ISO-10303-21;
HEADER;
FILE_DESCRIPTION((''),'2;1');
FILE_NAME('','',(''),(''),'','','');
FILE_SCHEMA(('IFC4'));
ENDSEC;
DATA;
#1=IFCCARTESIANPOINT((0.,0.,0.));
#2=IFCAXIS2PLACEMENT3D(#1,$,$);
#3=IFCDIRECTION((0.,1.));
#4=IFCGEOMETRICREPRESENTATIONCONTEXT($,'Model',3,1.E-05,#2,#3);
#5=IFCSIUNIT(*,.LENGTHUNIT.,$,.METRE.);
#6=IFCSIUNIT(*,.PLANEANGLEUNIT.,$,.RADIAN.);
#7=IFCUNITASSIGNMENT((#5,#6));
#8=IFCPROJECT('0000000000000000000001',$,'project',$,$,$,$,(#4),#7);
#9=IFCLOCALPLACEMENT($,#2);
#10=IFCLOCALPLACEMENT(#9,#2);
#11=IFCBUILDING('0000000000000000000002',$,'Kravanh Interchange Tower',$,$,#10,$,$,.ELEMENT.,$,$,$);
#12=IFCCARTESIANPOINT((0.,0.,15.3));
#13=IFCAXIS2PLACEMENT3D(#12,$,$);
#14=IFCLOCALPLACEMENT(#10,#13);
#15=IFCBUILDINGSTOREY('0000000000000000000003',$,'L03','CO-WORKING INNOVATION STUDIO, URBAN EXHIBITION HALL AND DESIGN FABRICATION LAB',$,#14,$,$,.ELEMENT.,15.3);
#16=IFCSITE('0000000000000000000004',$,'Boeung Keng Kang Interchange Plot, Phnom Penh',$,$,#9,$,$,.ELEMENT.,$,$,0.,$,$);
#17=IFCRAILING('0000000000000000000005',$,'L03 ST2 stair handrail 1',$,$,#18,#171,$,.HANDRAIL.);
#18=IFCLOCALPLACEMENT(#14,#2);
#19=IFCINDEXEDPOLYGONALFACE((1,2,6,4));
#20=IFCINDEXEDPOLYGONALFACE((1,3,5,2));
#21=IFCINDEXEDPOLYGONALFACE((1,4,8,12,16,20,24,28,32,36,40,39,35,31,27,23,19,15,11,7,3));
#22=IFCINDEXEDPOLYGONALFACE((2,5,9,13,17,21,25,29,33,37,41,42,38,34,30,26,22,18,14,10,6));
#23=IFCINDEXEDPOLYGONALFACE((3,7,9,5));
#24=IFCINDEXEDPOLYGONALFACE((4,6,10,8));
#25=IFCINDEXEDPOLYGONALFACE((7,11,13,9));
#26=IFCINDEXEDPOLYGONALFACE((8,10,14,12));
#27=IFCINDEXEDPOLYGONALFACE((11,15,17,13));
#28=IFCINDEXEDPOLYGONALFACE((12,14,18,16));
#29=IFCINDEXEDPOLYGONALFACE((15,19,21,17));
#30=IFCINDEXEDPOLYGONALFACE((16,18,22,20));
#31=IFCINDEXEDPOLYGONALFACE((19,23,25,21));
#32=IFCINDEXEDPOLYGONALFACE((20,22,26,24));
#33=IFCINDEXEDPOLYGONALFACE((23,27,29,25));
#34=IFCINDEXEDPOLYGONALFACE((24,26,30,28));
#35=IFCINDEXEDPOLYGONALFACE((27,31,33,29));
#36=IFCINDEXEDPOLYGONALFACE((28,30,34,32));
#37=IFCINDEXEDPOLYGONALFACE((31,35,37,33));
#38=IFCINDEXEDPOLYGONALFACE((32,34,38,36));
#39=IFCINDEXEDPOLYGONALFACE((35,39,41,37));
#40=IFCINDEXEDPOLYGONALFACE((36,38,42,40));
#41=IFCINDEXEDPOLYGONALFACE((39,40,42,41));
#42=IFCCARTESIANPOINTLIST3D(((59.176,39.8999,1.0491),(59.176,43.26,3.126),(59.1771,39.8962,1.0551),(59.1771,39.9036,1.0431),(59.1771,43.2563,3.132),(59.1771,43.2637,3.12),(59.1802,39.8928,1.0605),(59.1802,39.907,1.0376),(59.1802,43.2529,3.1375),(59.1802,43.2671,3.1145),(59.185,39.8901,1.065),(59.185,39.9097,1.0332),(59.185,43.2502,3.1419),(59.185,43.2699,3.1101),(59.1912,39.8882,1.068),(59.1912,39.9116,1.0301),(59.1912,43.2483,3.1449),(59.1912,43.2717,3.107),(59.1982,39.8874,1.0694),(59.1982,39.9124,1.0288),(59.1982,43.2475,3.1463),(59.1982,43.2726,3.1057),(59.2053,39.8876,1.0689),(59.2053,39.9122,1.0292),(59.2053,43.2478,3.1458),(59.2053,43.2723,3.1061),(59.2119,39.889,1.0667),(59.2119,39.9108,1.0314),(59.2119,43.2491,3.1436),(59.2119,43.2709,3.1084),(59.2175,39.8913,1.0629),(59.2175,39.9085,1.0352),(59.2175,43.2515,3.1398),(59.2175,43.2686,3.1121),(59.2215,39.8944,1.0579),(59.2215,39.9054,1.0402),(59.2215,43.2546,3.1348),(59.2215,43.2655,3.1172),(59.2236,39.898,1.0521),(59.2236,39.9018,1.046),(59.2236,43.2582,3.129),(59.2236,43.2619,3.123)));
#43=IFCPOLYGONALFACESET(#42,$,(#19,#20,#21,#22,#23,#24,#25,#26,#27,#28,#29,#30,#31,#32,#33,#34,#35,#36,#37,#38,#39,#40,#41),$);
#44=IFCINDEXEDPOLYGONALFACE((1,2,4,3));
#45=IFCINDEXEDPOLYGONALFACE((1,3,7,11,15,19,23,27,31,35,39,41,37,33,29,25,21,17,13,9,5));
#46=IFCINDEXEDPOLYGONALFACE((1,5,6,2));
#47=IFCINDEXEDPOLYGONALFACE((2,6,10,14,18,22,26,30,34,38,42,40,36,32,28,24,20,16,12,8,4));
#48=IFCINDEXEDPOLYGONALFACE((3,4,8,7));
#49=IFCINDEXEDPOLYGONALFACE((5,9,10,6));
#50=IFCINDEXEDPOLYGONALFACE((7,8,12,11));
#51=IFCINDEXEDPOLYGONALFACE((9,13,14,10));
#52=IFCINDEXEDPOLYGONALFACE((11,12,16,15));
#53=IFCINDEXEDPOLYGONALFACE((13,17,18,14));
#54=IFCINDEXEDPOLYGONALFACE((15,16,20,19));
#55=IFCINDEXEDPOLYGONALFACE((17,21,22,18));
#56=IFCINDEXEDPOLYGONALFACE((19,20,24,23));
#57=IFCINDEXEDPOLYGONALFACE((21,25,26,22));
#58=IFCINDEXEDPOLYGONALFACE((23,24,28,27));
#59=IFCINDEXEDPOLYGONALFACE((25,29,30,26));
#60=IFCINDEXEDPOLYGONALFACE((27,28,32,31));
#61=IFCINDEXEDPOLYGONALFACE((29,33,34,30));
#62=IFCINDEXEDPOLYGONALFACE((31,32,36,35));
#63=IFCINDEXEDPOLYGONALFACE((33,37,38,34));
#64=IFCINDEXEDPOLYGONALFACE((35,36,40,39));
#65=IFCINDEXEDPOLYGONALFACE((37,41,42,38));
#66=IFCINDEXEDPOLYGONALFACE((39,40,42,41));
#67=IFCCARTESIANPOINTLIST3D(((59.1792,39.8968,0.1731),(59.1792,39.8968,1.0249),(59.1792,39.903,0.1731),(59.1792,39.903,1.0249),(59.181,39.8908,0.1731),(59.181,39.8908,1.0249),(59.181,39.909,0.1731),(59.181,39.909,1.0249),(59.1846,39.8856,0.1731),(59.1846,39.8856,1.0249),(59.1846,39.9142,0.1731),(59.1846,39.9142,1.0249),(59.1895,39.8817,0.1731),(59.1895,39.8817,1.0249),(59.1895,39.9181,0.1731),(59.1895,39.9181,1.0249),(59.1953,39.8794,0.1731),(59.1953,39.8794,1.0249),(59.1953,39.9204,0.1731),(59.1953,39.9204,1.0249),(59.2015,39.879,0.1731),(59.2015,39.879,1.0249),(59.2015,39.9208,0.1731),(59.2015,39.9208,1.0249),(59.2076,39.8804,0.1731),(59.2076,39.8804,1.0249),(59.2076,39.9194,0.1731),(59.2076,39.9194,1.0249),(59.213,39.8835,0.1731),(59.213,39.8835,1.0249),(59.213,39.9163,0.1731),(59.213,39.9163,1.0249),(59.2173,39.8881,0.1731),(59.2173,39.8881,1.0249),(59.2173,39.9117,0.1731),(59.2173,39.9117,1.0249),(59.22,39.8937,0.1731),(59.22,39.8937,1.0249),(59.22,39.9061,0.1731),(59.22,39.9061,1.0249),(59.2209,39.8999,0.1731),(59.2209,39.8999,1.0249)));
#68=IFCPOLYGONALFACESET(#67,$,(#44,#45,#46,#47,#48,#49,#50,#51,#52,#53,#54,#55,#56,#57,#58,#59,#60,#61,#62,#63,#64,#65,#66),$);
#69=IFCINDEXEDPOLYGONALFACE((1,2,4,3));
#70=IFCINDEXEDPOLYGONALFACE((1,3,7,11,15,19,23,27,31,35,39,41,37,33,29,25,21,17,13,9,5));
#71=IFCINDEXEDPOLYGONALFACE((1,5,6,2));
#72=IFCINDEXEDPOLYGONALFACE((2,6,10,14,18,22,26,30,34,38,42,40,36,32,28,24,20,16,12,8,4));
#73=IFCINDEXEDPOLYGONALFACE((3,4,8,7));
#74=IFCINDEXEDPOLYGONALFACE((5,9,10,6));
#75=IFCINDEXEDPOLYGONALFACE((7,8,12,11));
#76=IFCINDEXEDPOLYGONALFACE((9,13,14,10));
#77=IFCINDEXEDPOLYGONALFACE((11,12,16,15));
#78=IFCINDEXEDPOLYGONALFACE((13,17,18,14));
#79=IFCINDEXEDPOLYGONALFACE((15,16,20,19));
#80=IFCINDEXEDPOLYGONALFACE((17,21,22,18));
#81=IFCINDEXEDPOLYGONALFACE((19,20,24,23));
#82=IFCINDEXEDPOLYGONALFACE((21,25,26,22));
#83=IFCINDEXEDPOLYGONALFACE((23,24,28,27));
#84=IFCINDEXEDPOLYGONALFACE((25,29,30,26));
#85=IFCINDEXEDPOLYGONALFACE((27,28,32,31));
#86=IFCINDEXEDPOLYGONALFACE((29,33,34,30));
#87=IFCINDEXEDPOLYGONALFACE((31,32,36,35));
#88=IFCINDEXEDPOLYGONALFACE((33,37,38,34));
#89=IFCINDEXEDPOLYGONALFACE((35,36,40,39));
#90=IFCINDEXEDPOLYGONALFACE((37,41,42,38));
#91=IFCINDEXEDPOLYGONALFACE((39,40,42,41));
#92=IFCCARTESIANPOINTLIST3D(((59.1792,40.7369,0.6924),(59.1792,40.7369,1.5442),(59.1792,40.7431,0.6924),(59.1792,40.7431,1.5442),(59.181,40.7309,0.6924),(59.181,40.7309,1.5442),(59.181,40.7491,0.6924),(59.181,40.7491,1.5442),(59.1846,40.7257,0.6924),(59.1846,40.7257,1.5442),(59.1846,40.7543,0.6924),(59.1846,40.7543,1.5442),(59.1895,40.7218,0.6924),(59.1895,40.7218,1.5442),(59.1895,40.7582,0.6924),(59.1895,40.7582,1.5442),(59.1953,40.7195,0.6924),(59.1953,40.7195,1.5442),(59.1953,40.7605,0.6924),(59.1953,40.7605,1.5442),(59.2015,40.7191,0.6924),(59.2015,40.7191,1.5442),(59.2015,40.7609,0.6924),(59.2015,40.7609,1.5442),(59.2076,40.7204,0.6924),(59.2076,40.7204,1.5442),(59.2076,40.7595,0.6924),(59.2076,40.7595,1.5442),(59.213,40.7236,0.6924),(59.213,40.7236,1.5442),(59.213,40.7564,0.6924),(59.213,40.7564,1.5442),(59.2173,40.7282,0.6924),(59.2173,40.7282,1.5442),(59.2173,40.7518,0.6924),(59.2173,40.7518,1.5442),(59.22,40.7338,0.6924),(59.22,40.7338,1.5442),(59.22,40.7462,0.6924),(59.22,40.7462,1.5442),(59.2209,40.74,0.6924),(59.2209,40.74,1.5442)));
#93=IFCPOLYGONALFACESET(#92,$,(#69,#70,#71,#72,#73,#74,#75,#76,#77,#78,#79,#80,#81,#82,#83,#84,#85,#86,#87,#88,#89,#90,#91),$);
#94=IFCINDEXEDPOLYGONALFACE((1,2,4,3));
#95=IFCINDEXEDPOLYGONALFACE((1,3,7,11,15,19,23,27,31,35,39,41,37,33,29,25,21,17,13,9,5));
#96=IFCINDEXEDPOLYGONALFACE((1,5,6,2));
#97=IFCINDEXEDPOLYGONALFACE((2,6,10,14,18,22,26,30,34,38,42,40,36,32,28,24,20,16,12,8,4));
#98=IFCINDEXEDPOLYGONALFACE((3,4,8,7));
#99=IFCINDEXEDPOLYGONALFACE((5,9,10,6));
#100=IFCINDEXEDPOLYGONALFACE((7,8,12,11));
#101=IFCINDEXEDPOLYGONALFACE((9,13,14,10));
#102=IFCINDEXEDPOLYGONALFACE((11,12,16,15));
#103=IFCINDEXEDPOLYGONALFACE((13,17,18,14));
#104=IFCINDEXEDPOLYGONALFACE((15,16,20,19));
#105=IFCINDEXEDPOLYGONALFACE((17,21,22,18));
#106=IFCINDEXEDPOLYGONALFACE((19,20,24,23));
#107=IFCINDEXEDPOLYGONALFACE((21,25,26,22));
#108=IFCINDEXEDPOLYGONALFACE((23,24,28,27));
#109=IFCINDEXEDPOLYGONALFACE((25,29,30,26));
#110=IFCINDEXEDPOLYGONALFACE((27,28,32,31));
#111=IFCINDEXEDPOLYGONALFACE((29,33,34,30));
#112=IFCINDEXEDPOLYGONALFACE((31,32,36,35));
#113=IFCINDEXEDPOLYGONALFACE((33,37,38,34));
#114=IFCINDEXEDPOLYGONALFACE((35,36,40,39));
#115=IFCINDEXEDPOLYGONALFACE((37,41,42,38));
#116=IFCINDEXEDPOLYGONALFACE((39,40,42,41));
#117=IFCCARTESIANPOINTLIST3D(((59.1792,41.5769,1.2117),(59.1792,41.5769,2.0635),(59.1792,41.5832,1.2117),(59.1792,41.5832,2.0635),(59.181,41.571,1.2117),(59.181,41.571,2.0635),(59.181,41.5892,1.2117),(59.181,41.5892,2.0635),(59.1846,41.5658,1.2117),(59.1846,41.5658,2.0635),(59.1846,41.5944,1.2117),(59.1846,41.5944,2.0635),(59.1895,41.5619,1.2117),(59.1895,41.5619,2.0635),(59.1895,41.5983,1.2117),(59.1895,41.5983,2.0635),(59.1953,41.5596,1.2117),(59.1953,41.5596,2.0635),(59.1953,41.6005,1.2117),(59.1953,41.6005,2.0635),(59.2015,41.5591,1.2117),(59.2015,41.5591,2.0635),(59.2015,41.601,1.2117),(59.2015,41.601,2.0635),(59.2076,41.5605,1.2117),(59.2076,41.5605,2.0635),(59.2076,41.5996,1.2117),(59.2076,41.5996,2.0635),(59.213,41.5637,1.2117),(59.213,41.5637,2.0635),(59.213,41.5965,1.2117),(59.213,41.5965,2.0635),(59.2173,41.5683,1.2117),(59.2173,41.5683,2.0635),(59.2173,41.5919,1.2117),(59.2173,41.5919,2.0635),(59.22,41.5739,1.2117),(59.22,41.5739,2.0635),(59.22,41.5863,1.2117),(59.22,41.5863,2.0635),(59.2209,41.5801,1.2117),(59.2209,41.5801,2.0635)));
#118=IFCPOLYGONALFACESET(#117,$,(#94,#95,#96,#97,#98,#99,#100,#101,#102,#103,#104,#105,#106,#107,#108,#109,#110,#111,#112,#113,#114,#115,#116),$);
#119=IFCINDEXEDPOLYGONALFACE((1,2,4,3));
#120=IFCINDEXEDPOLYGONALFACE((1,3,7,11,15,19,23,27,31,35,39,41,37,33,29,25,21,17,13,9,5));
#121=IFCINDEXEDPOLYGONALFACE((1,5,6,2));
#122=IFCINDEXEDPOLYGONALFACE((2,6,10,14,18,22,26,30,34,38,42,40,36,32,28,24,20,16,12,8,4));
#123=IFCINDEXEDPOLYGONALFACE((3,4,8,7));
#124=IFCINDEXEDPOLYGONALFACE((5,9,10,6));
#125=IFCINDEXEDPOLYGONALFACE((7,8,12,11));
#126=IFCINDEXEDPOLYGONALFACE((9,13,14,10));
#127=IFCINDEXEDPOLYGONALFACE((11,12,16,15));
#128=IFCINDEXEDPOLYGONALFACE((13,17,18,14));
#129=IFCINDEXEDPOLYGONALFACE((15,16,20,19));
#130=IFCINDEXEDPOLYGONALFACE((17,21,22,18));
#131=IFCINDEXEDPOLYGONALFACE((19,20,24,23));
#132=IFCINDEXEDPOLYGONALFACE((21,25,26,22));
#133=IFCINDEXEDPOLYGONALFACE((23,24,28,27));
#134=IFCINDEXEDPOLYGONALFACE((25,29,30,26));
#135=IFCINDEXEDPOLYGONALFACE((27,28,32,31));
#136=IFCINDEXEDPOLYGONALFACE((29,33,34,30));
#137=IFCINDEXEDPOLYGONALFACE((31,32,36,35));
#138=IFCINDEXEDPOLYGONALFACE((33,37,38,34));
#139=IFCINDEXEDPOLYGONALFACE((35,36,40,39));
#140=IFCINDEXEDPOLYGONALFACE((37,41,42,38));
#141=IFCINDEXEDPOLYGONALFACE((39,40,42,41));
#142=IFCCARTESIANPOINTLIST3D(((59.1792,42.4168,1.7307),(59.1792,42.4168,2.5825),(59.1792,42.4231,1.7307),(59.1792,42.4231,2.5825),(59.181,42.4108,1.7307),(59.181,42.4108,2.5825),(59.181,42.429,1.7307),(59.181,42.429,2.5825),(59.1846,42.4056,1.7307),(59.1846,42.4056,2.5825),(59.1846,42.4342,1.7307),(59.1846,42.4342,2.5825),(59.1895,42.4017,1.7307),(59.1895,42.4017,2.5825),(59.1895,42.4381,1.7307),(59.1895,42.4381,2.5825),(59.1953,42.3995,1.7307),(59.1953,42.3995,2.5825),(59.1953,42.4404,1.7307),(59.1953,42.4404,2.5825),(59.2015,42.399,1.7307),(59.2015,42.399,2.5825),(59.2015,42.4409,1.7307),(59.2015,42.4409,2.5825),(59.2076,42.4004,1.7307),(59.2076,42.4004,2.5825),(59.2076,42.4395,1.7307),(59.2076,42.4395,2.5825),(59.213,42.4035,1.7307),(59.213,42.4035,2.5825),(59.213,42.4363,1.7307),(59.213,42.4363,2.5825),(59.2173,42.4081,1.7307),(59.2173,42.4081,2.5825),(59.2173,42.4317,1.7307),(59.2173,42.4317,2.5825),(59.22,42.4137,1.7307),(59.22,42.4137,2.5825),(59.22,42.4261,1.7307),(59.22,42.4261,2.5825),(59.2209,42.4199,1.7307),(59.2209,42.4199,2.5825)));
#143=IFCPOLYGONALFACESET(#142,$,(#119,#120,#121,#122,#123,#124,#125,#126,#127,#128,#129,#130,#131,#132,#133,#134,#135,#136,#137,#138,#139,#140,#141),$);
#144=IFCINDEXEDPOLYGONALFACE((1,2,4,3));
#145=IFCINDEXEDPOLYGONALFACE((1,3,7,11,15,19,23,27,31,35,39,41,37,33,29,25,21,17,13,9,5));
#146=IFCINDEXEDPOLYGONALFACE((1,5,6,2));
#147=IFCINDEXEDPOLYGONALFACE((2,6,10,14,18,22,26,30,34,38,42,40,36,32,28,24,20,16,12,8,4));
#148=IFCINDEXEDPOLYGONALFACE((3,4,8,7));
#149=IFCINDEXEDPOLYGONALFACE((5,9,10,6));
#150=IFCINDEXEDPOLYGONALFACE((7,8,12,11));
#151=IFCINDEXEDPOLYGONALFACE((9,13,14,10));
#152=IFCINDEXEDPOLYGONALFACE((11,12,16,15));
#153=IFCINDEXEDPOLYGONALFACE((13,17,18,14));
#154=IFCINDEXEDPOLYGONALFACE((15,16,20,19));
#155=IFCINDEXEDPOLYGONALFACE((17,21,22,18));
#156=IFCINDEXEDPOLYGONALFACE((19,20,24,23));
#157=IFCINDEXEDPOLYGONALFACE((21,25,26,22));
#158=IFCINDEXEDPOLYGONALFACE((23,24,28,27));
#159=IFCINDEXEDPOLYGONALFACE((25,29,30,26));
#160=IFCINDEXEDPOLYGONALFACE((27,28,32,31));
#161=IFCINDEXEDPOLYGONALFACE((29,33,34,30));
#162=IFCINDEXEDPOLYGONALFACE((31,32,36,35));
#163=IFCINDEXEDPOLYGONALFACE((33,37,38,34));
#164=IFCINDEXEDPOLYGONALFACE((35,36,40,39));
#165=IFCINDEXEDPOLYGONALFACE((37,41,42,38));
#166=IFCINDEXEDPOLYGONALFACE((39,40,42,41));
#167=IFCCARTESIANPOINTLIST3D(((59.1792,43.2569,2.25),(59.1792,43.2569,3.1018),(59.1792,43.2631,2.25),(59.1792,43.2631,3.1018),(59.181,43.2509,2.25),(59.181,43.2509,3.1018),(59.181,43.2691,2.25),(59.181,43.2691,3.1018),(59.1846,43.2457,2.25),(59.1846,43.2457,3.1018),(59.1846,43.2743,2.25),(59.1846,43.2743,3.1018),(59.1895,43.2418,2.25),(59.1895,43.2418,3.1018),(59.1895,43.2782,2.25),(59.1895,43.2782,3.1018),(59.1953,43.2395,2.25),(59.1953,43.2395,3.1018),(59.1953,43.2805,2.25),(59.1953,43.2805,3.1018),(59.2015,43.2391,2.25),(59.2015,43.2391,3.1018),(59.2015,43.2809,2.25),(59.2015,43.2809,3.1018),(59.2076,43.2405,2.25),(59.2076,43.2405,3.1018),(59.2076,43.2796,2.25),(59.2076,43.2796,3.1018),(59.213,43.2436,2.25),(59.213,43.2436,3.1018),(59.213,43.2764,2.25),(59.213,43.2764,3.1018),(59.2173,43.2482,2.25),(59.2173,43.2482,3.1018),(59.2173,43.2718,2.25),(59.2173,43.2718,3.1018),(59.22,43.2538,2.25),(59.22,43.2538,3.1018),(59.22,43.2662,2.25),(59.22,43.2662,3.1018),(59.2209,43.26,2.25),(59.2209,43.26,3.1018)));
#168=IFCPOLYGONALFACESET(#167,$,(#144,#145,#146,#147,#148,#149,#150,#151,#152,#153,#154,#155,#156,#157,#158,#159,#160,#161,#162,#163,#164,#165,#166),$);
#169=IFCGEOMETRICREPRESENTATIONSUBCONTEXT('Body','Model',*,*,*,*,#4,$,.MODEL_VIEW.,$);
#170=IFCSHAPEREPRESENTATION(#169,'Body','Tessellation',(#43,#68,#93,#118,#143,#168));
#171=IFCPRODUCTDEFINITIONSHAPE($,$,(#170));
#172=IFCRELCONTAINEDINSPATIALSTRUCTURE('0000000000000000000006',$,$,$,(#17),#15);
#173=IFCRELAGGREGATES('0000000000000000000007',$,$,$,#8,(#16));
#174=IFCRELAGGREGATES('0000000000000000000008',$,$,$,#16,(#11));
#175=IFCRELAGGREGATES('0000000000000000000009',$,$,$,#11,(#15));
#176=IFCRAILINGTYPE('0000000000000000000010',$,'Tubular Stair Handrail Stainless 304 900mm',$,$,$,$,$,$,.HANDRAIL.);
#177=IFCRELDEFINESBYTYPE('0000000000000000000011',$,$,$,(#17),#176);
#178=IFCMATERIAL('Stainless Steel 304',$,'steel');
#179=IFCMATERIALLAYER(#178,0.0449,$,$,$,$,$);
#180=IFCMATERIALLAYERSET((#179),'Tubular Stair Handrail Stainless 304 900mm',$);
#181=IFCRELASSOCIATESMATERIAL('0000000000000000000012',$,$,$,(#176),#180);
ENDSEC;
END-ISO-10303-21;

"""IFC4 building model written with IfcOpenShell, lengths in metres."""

from ifc_helpers import new_model, si_unit, direction, frame, origin, origin_2d, place, context, subcontext, project, spatial, circle, extrude, material, layer, layer_set, type_object, element, save


model = new_model("IFC4")

# Units and contexts
model_context = context("Model", 3, precision=1e-05, world=origin(), true_north=direction((0.0, 1.0)))
body_context = subcontext(model_context, "Body", "Model", "MODEL_VIEW")
ifc_project = project(units=[si_unit("LENGTHUNIT", "METRE"), si_unit("PLANEANGLEUNIT", "RADIAN")], contexts=[model_context])

# Site, building, storey
site_placement = place(None, origin())
site = spatial("IfcSite", under=ifc_project, at=site_placement, Name="Boeung Keng Kang Interchange Plot, Phnom Penh", CompositionType="ELEMENT", RefElevation=0.0)
building_placement = place(site_placement, origin())
building = spatial("IfcBuilding", under=site, at=building_placement, Name="Kravanh Interchange Tower", CompositionType="ELEMENT")
storey_placement = place(building_placement, frame((0.0, 0.0, 15.3)))
storey = spatial("IfcBuildingStorey", under=building, at=storey_placement, Name="L03", Description="CO-WORKING INNOVATION STUDIO, URBAN EXHIBITION HALL AND DESIGN FABRICATION LAB", CompositionType="ELEMENT", Elevation=15.3)

# Railing
ifc_material_1 = material(Name="Stainless Steel 304", Category="steel")
ifc_layer_1 = layer(ifc_material_1, 0.0449)
ifc_layer_set_1 = layer_set([ifc_layer_1], Name="Tubular Stair Handrail Stainless 304 900mm")
railing_type_1 = type_object("IfcRailingType", Name="Tubular Stair Handrail Stainless 304 900mm", PredefinedType="HANDRAIL", material=ifc_layer_set_1)
railing_1_placement = place(storey_placement, frame((59.2, 39.8999, 0.1731)))
element("IfcRailing", 1, at=railing_1_placement, inside=storey, type_object=railing_type_1, Name="L03 ST2 stair handrail 1", PredefinedType="HANDRAIL", context=body_context, shape_type="SweptSolid", body=[
    extrude(circle(Radius=0.0239, at=origin_2d()), frame((0.0, 0.0, 0.876), z_axis=(0.0, 0.850623, 0.525776), x_axis=(-1.0, 0.0, 0.0)), (0.0, 0.0, 1.0), 3.9502),
    extrude(circle(Radius=0.021, at=origin_2d()), origin(), (0.0, 0.0, 1.0), 0.8518),
    extrude(circle(Radius=0.021, at=origin_2d()), frame((0.0, 0.8401, 0.5193)), (0.0, 0.0, 1.0), 0.8518),
    extrude(circle(Radius=0.021, at=origin_2d()), frame((0.0, 1.6802, 1.0386)), (0.0, 0.0, 1.0), 0.8518),
    extrude(circle(Radius=0.021, at=origin_2d()), frame((0.0, 2.52, 1.5576)), (0.0, 0.0, 1.0), 0.8518),
    extrude(circle(Radius=0.021, at=origin_2d()), frame((0.0, 3.3601, 2.0769)), (0.0, 0.0, 1.0), 0.8518),
])

save(model, "model.ifc")
